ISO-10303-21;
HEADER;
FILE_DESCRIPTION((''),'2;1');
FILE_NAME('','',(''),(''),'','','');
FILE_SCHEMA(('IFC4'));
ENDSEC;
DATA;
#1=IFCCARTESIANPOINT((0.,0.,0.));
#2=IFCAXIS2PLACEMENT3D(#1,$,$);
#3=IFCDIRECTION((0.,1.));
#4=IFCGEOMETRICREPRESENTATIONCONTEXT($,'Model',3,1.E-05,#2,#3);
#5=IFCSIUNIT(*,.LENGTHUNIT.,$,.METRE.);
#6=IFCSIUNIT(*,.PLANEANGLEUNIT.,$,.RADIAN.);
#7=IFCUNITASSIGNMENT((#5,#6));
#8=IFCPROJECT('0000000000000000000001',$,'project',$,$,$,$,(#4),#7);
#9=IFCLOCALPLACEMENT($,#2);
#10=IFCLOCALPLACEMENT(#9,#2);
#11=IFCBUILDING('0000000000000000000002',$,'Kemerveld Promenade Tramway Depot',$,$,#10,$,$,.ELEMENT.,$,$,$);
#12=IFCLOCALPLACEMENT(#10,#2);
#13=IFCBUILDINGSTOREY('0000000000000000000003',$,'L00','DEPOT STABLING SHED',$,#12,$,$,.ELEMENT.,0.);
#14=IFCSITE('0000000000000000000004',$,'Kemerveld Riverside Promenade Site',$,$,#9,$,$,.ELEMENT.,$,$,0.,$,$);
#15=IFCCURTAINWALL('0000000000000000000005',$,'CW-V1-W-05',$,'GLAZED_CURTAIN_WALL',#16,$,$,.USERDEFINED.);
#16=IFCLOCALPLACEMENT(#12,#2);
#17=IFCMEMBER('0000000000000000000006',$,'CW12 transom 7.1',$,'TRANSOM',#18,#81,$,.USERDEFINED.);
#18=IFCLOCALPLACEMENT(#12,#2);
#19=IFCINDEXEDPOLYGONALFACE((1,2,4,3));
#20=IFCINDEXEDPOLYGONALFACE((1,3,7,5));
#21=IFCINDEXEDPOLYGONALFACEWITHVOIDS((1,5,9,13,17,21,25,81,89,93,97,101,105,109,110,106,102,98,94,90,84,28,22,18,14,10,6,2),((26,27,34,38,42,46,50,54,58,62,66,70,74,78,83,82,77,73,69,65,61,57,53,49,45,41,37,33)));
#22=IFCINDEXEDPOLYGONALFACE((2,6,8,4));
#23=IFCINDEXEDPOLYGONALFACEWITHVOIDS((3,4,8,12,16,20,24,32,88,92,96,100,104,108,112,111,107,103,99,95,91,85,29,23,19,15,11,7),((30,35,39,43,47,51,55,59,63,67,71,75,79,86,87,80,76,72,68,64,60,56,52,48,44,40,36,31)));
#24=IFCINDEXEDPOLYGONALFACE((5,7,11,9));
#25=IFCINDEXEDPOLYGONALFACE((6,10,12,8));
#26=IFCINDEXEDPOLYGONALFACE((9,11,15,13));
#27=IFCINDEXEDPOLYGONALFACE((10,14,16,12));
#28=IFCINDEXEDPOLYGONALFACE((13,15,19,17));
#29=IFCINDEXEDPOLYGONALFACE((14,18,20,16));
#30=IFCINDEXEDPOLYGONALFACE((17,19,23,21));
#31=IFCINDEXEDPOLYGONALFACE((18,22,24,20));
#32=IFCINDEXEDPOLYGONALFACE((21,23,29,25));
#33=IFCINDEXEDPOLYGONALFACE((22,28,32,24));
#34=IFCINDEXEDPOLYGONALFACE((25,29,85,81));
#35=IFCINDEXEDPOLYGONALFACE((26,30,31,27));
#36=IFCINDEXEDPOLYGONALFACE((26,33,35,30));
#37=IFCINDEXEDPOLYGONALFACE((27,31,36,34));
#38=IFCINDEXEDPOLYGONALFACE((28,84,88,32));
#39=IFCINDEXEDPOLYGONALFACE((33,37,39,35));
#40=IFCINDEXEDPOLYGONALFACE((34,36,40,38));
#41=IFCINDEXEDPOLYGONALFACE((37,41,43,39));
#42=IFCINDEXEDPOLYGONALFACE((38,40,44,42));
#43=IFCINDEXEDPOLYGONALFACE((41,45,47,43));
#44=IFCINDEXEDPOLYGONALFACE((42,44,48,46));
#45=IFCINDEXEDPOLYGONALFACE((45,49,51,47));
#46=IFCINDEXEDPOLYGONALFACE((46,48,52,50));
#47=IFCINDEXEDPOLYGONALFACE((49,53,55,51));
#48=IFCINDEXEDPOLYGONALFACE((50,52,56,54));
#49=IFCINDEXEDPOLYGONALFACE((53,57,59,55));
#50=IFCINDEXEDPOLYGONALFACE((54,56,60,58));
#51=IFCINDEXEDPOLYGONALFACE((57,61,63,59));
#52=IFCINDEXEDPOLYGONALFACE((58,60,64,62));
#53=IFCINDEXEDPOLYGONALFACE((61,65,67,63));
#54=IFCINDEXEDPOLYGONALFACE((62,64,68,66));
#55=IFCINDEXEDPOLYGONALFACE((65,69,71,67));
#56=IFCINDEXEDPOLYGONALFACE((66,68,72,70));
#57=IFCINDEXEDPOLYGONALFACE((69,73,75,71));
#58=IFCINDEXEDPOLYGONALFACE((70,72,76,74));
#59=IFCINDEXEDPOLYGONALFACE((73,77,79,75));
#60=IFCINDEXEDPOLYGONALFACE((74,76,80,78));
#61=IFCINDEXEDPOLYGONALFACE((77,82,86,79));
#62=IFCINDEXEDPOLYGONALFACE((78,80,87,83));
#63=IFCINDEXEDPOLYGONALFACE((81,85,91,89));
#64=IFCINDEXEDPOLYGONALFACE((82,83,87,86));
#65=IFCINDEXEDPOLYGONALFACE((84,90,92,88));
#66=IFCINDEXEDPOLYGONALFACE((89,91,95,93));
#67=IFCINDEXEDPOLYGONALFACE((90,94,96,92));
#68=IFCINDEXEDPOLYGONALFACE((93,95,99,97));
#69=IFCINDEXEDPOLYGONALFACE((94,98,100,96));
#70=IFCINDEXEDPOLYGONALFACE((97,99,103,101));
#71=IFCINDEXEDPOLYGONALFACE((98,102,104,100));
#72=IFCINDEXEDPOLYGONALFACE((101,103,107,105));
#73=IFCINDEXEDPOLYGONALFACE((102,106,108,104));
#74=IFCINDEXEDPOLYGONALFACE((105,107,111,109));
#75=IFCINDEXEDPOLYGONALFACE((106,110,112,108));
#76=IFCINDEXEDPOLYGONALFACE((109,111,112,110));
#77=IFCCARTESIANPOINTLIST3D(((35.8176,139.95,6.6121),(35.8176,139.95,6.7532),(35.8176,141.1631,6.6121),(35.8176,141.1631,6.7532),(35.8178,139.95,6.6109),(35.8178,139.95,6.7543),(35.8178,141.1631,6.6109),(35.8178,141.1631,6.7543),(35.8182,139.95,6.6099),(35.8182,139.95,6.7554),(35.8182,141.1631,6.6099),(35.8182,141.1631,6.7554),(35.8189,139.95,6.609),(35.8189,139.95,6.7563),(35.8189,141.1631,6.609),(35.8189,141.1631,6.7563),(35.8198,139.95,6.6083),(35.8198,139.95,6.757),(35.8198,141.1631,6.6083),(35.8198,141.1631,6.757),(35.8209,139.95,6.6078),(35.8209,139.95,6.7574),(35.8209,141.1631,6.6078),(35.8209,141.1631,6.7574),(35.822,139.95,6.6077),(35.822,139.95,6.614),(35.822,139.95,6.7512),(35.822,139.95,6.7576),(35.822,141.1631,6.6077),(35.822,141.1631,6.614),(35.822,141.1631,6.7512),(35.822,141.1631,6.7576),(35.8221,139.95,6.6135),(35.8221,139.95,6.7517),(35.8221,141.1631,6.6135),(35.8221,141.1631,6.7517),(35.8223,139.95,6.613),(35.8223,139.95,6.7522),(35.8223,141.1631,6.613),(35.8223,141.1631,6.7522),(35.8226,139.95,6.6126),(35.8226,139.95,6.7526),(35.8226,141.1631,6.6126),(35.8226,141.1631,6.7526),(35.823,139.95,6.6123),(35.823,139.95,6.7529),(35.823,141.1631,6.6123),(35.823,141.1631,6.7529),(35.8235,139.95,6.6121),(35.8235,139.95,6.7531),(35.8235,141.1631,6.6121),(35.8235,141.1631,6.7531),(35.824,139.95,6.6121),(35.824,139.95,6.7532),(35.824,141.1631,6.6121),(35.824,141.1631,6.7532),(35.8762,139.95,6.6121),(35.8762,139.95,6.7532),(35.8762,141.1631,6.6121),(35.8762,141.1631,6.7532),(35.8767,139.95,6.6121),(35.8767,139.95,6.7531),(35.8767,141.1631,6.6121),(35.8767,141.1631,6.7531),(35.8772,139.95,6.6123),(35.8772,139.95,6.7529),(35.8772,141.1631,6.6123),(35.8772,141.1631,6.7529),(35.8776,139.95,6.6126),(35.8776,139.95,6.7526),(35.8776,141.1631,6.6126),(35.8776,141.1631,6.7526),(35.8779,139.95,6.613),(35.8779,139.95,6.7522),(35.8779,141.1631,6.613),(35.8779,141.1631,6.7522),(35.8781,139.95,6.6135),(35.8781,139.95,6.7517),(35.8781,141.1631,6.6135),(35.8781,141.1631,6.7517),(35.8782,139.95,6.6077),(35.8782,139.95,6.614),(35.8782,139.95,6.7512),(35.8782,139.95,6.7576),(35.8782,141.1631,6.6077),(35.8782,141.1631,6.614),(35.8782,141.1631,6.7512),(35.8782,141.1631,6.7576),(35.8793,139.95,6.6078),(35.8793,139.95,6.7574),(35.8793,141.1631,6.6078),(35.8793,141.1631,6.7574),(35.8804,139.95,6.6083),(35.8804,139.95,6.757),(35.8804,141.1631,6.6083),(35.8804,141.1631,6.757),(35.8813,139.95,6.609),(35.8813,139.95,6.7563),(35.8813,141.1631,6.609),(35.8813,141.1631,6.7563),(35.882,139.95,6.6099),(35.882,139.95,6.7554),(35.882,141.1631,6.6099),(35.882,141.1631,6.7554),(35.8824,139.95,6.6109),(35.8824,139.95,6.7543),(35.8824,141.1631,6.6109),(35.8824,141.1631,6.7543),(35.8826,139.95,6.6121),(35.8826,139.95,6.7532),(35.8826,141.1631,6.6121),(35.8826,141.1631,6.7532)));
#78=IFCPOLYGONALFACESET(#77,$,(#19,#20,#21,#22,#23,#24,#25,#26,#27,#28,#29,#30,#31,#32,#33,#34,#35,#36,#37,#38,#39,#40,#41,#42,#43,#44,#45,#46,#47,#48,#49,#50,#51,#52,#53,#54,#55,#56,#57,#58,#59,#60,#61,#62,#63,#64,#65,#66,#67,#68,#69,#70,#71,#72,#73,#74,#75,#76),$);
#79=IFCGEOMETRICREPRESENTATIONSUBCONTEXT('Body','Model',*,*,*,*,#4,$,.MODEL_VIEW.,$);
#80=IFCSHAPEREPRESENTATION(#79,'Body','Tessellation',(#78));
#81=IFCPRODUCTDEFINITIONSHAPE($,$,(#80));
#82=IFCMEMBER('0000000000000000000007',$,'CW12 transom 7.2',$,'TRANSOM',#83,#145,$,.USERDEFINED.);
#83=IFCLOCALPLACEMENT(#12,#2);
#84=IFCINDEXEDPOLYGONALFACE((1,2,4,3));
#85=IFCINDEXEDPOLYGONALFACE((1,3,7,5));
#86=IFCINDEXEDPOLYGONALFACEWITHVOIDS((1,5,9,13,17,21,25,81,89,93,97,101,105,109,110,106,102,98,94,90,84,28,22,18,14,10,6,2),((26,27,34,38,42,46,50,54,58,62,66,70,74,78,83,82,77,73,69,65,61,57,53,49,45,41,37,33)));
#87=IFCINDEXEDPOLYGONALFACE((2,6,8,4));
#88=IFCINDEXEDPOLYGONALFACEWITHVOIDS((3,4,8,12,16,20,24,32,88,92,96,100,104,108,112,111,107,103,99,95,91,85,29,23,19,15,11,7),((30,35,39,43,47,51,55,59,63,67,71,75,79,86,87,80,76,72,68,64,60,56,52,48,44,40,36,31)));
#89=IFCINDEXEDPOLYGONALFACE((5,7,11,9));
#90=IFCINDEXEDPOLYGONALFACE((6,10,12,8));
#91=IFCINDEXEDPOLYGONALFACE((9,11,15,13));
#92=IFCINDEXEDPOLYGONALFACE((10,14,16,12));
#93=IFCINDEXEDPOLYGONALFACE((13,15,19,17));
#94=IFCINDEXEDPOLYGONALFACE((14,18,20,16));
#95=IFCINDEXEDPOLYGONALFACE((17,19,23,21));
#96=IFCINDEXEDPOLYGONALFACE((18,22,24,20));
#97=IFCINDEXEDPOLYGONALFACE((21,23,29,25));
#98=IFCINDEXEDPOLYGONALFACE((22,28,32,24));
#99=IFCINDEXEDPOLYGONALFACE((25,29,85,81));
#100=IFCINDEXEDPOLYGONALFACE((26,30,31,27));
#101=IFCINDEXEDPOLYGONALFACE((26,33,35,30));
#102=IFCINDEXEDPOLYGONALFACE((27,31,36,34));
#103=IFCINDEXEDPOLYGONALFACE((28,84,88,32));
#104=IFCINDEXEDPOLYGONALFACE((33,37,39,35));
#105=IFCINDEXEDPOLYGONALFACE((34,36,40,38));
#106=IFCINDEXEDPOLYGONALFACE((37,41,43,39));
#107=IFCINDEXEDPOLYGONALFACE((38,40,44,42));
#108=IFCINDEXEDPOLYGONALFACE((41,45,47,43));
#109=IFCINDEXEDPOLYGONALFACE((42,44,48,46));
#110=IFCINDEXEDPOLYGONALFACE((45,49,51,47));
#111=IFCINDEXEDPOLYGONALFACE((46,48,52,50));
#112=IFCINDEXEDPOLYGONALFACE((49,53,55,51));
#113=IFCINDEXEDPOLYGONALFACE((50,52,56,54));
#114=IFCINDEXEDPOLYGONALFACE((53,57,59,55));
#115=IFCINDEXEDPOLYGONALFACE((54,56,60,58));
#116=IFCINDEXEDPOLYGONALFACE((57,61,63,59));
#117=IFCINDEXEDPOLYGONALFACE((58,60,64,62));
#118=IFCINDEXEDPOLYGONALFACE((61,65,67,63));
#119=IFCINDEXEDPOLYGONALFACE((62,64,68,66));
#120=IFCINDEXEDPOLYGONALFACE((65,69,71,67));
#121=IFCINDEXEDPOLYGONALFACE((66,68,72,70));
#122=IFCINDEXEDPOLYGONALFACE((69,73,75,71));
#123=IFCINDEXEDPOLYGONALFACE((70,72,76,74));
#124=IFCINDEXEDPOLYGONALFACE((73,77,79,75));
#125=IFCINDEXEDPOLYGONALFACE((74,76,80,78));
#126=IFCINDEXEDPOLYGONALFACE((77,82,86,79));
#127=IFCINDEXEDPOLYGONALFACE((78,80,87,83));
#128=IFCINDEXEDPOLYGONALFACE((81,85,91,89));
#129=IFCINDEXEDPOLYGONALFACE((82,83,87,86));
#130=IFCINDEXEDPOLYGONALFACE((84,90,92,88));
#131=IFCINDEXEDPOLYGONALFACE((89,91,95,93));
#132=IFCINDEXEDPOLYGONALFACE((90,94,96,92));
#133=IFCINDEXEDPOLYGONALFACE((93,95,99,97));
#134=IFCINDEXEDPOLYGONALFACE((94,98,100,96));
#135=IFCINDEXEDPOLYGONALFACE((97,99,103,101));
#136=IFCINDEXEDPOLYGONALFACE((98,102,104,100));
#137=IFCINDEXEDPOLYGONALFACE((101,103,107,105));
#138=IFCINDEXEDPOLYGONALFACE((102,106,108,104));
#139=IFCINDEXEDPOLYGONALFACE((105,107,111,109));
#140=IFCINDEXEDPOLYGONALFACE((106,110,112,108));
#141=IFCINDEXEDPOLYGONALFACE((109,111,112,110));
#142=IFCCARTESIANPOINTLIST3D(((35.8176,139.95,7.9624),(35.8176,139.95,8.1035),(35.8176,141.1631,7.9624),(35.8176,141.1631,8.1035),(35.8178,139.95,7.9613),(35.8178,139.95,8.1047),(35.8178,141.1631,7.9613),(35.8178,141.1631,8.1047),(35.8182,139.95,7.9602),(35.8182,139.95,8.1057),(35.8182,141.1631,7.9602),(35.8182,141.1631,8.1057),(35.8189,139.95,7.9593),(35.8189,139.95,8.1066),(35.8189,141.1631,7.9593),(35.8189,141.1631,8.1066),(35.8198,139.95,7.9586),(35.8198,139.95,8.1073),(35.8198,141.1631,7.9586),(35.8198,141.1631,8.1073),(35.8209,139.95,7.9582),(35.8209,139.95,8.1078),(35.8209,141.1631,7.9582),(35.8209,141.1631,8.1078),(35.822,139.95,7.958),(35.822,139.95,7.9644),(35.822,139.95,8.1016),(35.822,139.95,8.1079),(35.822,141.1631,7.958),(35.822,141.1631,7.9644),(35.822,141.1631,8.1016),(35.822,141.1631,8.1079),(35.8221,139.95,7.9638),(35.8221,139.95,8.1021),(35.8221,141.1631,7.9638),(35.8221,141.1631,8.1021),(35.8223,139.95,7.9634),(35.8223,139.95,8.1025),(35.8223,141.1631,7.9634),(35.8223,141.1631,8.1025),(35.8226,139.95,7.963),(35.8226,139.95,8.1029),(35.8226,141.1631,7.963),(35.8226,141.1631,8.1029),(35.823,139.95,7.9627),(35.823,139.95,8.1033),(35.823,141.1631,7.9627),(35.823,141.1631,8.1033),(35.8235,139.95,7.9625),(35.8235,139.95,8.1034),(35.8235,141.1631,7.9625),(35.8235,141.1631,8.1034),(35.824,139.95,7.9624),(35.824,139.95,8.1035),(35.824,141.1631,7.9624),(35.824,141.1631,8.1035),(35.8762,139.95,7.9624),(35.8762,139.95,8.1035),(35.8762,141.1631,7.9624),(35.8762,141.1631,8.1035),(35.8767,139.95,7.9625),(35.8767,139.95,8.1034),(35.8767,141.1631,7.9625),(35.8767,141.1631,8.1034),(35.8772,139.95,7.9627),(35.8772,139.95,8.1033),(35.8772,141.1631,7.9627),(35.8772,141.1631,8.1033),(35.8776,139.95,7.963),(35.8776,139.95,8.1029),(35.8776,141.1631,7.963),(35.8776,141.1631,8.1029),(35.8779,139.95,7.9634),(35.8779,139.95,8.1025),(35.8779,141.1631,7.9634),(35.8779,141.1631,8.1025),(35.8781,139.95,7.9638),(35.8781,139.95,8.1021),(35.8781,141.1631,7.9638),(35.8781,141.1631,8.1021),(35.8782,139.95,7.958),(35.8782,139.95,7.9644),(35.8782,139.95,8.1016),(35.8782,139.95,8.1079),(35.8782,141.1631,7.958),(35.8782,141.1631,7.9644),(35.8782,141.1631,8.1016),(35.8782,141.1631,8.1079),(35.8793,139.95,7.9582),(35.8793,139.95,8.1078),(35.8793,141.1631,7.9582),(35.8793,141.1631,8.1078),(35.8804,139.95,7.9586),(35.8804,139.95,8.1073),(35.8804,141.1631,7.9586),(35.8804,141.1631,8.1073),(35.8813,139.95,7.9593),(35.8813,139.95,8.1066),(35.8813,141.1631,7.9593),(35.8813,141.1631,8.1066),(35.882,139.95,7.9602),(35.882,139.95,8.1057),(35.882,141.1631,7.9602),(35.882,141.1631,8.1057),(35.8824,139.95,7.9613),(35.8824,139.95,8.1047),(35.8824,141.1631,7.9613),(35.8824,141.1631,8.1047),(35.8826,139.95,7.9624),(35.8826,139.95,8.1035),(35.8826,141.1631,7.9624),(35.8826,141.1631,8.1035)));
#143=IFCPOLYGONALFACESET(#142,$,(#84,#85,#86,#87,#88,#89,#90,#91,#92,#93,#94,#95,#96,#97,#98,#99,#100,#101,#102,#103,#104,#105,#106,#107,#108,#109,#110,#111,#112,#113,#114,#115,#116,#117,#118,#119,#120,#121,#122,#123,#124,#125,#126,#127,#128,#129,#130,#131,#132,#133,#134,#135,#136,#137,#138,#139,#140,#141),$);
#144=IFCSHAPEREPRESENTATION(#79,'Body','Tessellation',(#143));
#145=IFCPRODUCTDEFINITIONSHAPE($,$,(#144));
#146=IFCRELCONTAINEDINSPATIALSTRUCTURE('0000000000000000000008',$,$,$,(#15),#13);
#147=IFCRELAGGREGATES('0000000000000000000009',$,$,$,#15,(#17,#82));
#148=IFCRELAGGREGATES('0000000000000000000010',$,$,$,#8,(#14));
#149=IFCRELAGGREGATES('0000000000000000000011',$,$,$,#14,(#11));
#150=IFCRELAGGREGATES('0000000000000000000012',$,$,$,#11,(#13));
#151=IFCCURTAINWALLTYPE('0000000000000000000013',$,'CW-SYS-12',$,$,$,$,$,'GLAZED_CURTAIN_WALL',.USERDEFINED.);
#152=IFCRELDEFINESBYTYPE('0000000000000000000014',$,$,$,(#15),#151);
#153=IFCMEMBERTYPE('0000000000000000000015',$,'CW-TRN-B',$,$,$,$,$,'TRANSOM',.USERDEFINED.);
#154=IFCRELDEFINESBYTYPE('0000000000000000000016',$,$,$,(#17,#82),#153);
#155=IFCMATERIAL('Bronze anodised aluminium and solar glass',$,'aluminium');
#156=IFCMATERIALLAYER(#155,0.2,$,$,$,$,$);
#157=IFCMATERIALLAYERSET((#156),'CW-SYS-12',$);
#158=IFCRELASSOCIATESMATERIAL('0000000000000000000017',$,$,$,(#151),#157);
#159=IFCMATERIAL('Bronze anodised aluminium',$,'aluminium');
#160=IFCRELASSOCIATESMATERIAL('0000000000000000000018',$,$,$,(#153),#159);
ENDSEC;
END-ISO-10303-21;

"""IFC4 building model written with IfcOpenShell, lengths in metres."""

from ifc_helpers import new_model, si_unit, direction, frame, origin, origin_2d, place, context, subcontext, project, spatial, hollow_rectangle, extrude, material, layer, layer_set, material_profile, profile_set, type_object, element, aggregate, save


model = new_model("IFC4")

# Units and contexts
model_context = context("Model", 3, precision=1e-05, world=origin(), true_north=direction((0.0, 1.0)))
body_context = subcontext(model_context, "Body", "Model", "MODEL_VIEW")
ifc_project = project(units=[si_unit("LENGTHUNIT", "METRE"), si_unit("PLANEANGLEUNIT", "RADIAN")], contexts=[model_context])

# Site, building, storey
site_placement = place(None, origin())
site = spatial("IfcSite", under=ifc_project, at=site_placement, Name="Kemerveld Riverside Promenade Site", CompositionType="ELEMENT", RefElevation=0.0)
building_placement = place(site_placement, origin())
building = spatial("IfcBuilding", under=site, at=building_placement, Name="Kemerveld Promenade Tramway Depot", CompositionType="ELEMENT")
storey_placement = place(building_placement, origin())
storey = spatial("IfcBuildingStorey", under=building, at=storey_placement, Name="L00", Description="DEPOT STABLING SHED", CompositionType="ELEMENT", Elevation=0.0)

# Curtain wall, members
ifc_material_1 = material(Name="Bronze anodised aluminium and solar glass", Category="aluminium")
ifc_layer_1 = layer(ifc_material_1, 0.2)
ifc_layer_set_1 = layer_set([ifc_layer_1], Name="CW-SYS-12")
curtain_wall_type = type_object("IfcCurtainWallType", Name="CW-SYS-12", ElementType="GLAZED_CURTAIN_WALL", PredefinedType="USERDEFINED", material=ifc_layer_set_1)
curtain_wall_placement = place(storey_placement, origin())
curtain_wall = element("IfcCurtainWall", 1, at=curtain_wall_placement, inside=storey, type_object=curtain_wall_type, Name="CW-V1-W-05", ObjectType="GLAZED_CURTAIN_WALL", PredefinedType="USERDEFINED")
ifc_material_2 = material(Name="Bronze anodised aluminium", Category="aluminium")
ifc_material_profile_1 = material_profile(ifc_material_2, hollow_rectangle(XDim=0.0649, YDim=0.1499, WallThickness=0.0044, InnerFilletRadius=0.002, OuterFilletRadius=0.0044, at=origin_2d()), Name="CW-TRN-150x65")
ifc_profile_set_1 = profile_set([ifc_material_profile_1], Name="Bronze anodised aluminium")
member_type_1 = type_object("IfcMemberType", Name="CW-TRN-B", ElementType="TRANSOM", PredefinedType="USERDEFINED", material=ifc_profile_set_1)
member_1_placement = place(storey_placement, frame((35.8501, 139.95, 6.6826), z_axis=(0.0, 1.0, 0.0), x_axis=(-1.0, 0.0, 0.0)))
member_1 = element("IfcMember", 2, at=member_1_placement, type_object=member_type_1, Name="CW12 transom 7.1", ObjectType="TRANSOM", PredefinedType="USERDEFINED", context=body_context, shape_type="SweptSolid", body=[
    extrude(hollow_rectangle(XDim=0.0649, YDim=0.1499, WallThickness=0.0044, InnerFilletRadius=0.002, OuterFilletRadius=0.0044, at=origin_2d()), origin(), (0.0, 0.0, 1.0), 1.2131),
])
member_2_placement = place(storey_placement, frame((35.8501, 139.95, 8.033), z_axis=(0.0, 1.0, 0.0), x_axis=(-1.0, 0.0, 0.0)))
member_2 = element("IfcMember", 3, at=member_2_placement, type_object=member_type_1, Name="CW12 transom 7.2", ObjectType="TRANSOM", PredefinedType="USERDEFINED", context=body_context, shape_type="SweptSolid", body=[
    extrude(hollow_rectangle(XDim=0.0649, YDim=0.1499, WallThickness=0.0044, InnerFilletRadius=0.002, OuterFilletRadius=0.0044, at=origin_2d()), origin(), (0.0, 0.0, 1.0), 1.2131),
])
aggregate(curtain_wall, [member_1, member_2])

save(model, "model.ifc")
